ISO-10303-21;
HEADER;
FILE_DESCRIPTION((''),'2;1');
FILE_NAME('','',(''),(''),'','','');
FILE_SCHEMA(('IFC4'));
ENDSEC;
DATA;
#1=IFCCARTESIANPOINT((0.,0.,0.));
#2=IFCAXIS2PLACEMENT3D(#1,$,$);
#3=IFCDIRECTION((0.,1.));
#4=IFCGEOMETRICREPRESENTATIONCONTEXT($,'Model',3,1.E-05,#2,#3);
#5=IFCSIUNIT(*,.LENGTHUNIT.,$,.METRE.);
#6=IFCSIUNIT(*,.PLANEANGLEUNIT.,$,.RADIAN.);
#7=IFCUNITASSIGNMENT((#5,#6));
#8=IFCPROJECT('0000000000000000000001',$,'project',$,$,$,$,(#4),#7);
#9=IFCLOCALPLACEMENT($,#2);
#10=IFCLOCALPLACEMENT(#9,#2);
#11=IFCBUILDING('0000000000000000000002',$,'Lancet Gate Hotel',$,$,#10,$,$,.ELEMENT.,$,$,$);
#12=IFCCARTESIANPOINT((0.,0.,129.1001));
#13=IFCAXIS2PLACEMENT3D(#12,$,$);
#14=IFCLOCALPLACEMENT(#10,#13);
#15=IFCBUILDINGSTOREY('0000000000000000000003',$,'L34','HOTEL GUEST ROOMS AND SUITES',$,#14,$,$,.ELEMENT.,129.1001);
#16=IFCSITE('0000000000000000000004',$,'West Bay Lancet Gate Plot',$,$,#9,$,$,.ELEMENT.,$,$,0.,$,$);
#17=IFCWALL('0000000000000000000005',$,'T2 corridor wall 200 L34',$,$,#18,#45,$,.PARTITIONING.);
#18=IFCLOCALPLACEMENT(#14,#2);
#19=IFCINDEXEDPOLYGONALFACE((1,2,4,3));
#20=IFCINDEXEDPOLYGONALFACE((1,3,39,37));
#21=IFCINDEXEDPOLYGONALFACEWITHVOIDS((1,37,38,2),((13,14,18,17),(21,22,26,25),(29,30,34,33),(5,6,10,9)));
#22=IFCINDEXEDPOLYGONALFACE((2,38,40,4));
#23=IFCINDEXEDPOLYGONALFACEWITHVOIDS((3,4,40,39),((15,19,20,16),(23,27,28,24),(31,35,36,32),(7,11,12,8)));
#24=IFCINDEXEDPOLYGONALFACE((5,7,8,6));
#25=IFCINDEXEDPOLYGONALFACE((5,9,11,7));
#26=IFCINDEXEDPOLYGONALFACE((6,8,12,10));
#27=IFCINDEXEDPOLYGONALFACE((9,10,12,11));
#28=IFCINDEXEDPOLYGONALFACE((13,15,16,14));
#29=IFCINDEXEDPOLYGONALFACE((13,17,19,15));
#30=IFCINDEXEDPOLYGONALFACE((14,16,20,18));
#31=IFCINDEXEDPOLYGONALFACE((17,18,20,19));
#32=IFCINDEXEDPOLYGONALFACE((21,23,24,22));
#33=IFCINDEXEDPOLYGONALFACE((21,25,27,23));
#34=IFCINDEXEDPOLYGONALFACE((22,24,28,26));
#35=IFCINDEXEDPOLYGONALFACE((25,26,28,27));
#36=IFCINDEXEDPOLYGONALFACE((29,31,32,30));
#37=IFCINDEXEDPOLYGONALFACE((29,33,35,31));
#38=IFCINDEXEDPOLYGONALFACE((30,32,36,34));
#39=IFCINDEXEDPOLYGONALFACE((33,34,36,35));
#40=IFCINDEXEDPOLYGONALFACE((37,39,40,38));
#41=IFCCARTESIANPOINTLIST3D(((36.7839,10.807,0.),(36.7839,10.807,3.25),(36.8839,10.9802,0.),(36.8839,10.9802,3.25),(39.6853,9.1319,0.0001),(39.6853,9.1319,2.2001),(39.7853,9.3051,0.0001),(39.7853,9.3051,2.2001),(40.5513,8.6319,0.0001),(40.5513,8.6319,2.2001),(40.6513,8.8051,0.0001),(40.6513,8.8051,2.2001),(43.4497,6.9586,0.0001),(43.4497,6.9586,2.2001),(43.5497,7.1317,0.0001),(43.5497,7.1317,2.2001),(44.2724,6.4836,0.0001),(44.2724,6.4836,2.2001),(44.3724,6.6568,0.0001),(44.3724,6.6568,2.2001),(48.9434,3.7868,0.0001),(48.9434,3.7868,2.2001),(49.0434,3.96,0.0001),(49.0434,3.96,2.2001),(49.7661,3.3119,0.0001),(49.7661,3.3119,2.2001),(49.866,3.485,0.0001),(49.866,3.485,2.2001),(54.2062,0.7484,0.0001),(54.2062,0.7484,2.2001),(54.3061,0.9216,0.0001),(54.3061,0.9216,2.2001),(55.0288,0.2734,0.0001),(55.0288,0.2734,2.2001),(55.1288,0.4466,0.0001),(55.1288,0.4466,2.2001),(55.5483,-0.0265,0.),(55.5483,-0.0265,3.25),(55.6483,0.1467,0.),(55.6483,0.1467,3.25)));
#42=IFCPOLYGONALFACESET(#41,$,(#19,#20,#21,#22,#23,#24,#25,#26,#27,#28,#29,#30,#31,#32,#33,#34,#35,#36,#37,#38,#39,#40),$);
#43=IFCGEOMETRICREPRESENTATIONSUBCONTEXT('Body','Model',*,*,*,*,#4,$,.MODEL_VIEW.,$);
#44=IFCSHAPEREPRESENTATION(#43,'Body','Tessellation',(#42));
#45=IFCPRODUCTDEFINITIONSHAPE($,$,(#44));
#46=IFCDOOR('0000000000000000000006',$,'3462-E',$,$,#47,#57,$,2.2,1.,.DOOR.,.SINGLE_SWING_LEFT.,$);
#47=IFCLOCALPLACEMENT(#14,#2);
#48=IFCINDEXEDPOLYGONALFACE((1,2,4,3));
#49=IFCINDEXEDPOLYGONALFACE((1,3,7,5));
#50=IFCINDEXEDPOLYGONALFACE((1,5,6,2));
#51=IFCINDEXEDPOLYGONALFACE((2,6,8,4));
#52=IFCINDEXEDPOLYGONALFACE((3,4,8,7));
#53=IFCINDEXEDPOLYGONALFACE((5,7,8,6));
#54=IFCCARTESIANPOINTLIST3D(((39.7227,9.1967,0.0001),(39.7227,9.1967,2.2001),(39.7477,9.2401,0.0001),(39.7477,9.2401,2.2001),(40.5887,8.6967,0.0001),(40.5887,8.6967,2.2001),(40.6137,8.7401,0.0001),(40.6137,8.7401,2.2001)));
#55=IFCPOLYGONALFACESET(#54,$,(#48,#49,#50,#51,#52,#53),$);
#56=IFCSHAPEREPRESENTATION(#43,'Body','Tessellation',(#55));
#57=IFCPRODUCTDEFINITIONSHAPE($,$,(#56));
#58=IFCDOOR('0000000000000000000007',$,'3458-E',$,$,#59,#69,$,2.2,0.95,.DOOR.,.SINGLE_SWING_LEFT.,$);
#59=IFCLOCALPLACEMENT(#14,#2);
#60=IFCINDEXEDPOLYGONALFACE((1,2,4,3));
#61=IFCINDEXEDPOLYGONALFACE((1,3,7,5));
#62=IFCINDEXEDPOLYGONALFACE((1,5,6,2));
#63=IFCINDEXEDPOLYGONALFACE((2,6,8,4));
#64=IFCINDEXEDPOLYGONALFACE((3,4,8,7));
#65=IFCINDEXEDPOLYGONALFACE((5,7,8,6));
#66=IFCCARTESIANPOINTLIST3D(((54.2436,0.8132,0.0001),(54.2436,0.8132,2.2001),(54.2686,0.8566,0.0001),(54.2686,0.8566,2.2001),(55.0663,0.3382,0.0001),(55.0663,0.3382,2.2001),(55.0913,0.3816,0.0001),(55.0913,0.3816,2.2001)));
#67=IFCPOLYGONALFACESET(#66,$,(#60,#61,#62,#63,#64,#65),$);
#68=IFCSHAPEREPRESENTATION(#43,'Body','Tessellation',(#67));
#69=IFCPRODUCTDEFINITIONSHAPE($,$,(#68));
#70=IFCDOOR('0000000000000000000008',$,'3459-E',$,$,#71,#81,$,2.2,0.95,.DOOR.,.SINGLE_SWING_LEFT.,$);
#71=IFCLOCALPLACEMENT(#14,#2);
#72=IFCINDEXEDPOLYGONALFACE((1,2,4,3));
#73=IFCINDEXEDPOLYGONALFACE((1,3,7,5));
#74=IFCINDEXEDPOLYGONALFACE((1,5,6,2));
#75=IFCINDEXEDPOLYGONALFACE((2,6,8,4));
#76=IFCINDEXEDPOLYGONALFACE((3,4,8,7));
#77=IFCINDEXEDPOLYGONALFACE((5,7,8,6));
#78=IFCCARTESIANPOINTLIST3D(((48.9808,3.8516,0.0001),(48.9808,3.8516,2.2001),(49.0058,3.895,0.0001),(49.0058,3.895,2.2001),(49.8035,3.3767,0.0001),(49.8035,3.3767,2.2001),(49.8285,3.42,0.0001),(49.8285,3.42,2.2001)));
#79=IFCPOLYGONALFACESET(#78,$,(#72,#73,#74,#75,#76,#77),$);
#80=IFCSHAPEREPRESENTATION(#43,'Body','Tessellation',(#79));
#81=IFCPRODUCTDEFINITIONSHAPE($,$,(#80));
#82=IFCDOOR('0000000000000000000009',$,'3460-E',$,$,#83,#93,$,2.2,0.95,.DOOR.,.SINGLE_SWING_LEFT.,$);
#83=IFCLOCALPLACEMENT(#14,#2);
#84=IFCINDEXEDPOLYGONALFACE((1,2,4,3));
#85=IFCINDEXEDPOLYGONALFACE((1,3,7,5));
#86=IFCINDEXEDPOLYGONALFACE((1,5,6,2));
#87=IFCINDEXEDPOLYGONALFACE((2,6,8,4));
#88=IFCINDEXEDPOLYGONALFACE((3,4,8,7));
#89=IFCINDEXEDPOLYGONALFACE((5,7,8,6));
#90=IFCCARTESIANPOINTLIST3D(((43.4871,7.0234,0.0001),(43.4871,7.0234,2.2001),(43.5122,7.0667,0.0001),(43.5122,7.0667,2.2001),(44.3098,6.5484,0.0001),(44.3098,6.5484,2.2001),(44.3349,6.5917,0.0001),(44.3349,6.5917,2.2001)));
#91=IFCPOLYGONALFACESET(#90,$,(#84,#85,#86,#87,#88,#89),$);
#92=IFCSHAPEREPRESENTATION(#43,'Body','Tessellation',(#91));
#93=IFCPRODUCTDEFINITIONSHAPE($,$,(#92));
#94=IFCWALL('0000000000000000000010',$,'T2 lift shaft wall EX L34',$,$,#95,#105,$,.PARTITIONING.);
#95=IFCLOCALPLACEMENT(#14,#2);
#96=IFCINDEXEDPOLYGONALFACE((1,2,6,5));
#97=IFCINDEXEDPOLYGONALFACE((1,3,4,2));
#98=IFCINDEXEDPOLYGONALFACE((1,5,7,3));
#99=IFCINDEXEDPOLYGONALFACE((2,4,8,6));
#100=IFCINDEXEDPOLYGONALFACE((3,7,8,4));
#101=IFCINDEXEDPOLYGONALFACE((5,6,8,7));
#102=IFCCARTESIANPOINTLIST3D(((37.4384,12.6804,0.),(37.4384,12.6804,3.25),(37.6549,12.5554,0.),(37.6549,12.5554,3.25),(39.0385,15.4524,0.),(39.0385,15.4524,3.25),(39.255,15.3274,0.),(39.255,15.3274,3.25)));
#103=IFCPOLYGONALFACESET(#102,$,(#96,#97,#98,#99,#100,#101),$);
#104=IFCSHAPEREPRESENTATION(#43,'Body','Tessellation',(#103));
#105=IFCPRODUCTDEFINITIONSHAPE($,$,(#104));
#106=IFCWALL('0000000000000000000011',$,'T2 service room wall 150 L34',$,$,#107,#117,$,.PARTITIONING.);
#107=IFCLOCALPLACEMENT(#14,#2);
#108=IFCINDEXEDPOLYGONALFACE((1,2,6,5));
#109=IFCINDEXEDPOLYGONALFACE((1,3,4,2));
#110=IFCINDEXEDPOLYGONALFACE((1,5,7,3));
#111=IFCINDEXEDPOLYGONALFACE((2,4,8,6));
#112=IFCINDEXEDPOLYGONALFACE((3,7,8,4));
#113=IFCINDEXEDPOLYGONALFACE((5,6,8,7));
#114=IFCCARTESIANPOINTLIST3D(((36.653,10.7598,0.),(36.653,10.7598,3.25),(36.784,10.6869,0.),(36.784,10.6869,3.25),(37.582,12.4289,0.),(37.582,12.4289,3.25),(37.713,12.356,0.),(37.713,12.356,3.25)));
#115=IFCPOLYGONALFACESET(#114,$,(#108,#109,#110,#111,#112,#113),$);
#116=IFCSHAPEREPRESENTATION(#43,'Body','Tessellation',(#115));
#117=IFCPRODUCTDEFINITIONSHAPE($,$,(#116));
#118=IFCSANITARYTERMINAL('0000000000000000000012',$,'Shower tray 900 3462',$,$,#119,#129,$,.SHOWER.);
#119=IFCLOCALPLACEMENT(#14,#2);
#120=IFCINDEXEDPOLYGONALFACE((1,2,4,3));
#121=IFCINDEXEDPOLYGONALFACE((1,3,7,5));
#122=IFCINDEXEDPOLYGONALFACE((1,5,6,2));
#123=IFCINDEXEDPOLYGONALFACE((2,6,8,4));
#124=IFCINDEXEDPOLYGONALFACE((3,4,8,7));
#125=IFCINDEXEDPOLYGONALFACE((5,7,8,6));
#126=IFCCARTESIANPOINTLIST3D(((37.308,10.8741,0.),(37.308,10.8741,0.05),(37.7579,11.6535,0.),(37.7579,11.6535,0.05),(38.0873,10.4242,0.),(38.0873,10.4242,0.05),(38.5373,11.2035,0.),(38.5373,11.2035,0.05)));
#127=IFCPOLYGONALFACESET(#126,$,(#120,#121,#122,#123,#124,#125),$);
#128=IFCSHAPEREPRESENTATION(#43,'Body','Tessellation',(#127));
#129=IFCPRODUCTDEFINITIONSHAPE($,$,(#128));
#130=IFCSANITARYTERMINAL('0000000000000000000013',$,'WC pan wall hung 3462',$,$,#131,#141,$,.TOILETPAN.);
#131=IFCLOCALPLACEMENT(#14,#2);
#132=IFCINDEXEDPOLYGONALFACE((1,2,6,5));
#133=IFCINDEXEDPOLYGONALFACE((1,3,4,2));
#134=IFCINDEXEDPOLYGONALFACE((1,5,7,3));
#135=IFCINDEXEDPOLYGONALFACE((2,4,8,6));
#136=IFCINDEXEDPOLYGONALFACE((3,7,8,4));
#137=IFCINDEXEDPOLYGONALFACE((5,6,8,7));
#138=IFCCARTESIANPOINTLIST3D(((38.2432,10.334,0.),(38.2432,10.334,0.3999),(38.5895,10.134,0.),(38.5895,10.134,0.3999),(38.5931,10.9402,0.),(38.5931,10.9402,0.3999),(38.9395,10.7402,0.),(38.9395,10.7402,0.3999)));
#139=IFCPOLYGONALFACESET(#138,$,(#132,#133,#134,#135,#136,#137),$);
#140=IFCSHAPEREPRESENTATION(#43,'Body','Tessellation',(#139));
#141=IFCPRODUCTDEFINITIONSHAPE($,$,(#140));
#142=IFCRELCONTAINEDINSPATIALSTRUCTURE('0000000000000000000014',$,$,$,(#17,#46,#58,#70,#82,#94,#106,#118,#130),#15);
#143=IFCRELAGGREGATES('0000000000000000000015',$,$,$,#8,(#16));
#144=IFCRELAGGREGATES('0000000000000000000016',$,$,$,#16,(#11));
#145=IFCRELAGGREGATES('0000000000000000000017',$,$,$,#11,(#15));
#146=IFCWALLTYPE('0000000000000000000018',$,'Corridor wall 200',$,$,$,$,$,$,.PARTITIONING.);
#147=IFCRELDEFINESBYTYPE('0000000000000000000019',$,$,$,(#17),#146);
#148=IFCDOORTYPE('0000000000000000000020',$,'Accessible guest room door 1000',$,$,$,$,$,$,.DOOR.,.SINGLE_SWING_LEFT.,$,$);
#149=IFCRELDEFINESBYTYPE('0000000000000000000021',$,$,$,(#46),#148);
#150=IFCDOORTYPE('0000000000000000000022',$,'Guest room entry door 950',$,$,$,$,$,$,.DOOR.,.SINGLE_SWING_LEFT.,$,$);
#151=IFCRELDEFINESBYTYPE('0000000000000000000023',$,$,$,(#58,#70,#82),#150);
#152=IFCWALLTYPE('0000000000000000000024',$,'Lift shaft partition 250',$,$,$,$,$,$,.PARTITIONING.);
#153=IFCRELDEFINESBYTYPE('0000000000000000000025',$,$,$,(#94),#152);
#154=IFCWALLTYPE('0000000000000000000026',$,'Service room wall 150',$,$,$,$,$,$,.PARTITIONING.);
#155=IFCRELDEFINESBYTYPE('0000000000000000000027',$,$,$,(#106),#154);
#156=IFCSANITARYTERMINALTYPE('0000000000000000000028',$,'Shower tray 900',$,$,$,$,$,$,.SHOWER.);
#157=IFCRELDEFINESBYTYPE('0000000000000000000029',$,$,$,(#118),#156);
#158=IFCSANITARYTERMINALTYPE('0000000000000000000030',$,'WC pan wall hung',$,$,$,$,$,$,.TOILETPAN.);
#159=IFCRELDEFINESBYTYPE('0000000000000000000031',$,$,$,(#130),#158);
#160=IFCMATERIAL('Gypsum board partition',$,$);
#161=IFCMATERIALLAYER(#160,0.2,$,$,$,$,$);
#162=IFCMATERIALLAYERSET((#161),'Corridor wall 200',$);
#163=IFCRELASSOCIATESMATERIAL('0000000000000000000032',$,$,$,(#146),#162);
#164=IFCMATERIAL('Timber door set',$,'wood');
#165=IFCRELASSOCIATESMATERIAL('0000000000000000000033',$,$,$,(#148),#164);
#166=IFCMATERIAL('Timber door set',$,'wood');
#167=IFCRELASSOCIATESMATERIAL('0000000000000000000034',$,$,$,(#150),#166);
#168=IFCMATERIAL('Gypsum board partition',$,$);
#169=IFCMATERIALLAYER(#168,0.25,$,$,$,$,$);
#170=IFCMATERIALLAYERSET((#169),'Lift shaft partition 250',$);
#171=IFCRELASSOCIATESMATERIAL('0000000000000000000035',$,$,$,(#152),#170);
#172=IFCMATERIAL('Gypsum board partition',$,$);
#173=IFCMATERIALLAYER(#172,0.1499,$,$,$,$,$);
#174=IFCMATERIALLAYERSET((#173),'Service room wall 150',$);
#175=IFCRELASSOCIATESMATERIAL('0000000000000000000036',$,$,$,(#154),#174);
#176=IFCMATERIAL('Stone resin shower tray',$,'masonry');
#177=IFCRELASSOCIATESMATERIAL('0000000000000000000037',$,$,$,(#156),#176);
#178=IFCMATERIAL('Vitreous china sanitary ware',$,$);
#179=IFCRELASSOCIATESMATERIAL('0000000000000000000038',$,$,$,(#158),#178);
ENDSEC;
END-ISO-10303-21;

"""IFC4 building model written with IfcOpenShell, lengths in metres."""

from ifc_helpers import new_model, si_unit, direction, frame, frame_2d, origin, origin_2d, place, context, subcontext, project, spatial, rectangle, extrude, material, layer, layer_set, type_object, element, fill, save


model = new_model("IFC4")

# Units and contexts
model_context = context("Model", 3, precision=1e-05, world=origin(), true_north=direction((0.0, 1.0)))
body_context = subcontext(model_context, "Body", "Model", "MODEL_VIEW")
ifc_project = project(units=[si_unit("LENGTHUNIT", "METRE"), si_unit("PLANEANGLEUNIT", "RADIAN")], contexts=[model_context])

# Site, building, storey
site_placement = place(None, origin())
site = spatial("IfcSite", under=ifc_project, at=site_placement, Name="West Bay Lancet Gate Plot", CompositionType="ELEMENT", RefElevation=0.0)
building_placement = place(site_placement, origin())
building = spatial("IfcBuilding", under=site, at=building_placement, Name="Lancet Gate Hotel", CompositionType="ELEMENT")
storey_placement = place(building_placement, frame((0.0, 0.0, 129.1001)))
storey = spatial("IfcBuildingStorey", under=building, at=storey_placement, Name="L34", Description="HOTEL GUEST ROOMS AND SUITES", CompositionType="ELEMENT", Elevation=129.1001)

# Wall, openings, doors
ifc_material_1 = material(Name="Gypsum board partition")
ifc_layer_1 = layer(ifc_material_1, 0.2)
ifc_layer_set_1 = layer_set([ifc_layer_1], Name="Corridor wall 200")
wall_type_1 = type_object("IfcWallType", Name="Corridor wall 200", PredefinedType="PARTITIONING", material=ifc_layer_set_1)
wall_1_placement = place(storey_placement, frame((36.834, 10.8936, 0.0), z_axis=(0.0, 0.0, 1.0), x_axis=(0.866028, -0.499995, 0.0)))
wall_1 = element("IfcWall", 1, at=wall_1_placement, inside=storey, type_object=wall_type_1, Name="T2 corridor wall 200 L34", PredefinedType="PARTITIONING", context=body_context, shape_type="SweptSolid", body=[
    extrude(rectangle(XDim=21.6672, YDim=0.2, at=frame_2d((10.8335, 0.0))), origin(), (0.0, 0.0, 1.0), 3.25),
])
opening_1_placement = place(wall_1_placement, frame((20.1172, 0.0, 0.0)))
opening_1 = element("IfcOpeningElement", 2, at=opening_1_placement, cuts=wall_1, PredefinedType="OPENING", context=body_context, shape_type="SweptSolid", body=[
    extrude(rectangle(XDim=0.95, YDim=2.2, at=frame_2d((0.4751, 1.1001))), frame((0.0, 0.1099, 0.0), z_axis=(0.0, -1.0, 0.0), x_axis=(1.0, 0.0, 0.0)), (0.0, 0.0, 1.0), 0.22),
])
opening_2_placement = place(wall_1_placement, frame((14.0403, 0.0, 0.0)))
opening_2 = element("IfcOpeningElement", 3, at=opening_2_placement, cuts=wall_1, PredefinedType="OPENING", context=body_context, shape_type="SweptSolid", body=[
    extrude(rectangle(XDim=0.95, YDim=2.2, at=frame_2d((0.4751, 1.1001))), frame((0.0, 0.1099, 0.0), z_axis=(0.0, -1.0, 0.0), x_axis=(1.0, 0.0, 0.0)), (0.0, 0.0, 1.0), 0.22),
])
opening_3_placement = place(wall_1_placement, frame((7.6968, 0.0, 0.0)))
opening_3 = element("IfcOpeningElement", 4, at=opening_3_placement, cuts=wall_1, PredefinedType="OPENING", context=body_context, shape_type="SweptSolid", body=[
    extrude(rectangle(XDim=0.95, YDim=2.2, at=frame_2d((0.4751, 1.1001))), frame((0.0, 0.1099, 0.0), z_axis=(0.0, -1.0, 0.0), x_axis=(1.0, 0.0, 0.0)), (0.0, 0.0, 1.0), 0.22),
])
opening_4_placement = place(wall_1_placement, frame((3.3501, 0.0, 0.0)))
opening_4 = element("IfcOpeningElement", 5, at=opening_4_placement, cuts=wall_1, PredefinedType="OPENING", context=body_context, shape_type="SweptSolid", body=[
    extrude(rectangle(XDim=1.0, YDim=2.2, at=frame_2d((0.5, 1.1001))), frame((0.0, 0.1099, 0.0), z_axis=(0.0, -1.0, 0.0), x_axis=(1.0, 0.0, 0.0)), (0.0, 0.0, 1.0), 0.22),
])
ifc_material_2 = material(Name="Timber door set", Category="wood")
door_type_1 = type_object("IfcDoorType", Name="Accessible guest room door 1000", OperationType="SINGLE_SWING_LEFT", PredefinedType="DOOR", material=ifc_material_2)
door_1_placement = place(opening_4_placement, origin())
door_1 = element("IfcDoor", 6, at=door_1_placement, inside=storey, type_object=door_type_1, Name="3462-E", OperationType="SINGLE_SWING_LEFT", OverallHeight=2.2, OverallWidth=1.0, PredefinedType="DOOR", context=body_context, shape_type="SweptSolid", body=[
    extrude(rectangle(XDim=1.0, YDim=2.2, at=frame_2d((0.5, 1.1001))), frame((0.0, 0.0249, 0.0), z_axis=(0.0, -1.0, 0.0), x_axis=(1.0, 0.0, 0.0)), (0.0, 0.0, 1.0), 0.05),
])
fill(opening_4, door_1)
ifc_material_3 = material(Name="Timber door set", Category="wood")
door_type_2 = type_object("IfcDoorType", Name="Guest room entry door 950", OperationType="SINGLE_SWING_LEFT", PredefinedType="DOOR", material=ifc_material_3)
door_2_placement = place(opening_1_placement, origin())
door_2 = element("IfcDoor", 7, at=door_2_placement, inside=storey, type_object=door_type_2, Name="3458-E", OperationType="SINGLE_SWING_LEFT", OverallHeight=2.2, OverallWidth=0.95, PredefinedType="DOOR", context=body_context, shape_type="SweptSolid", body=[
    extrude(rectangle(XDim=0.95, YDim=2.2, at=frame_2d((0.4751, 1.1001))), frame((0.0, 0.0249, 0.0), z_axis=(0.0, -1.0, 0.0), x_axis=(1.0, 0.0, 0.0)), (0.0, 0.0, 1.0), 0.05),
])
fill(opening_1, door_2)
door_3_placement = place(opening_2_placement, origin())
door_3 = element("IfcDoor", 8, at=door_3_placement, inside=storey, type_object=door_type_2, Name="3459-E", OperationType="SINGLE_SWING_LEFT", OverallHeight=2.2, OverallWidth=0.95, PredefinedType="DOOR", context=body_context, shape_type="SweptSolid", body=[
    extrude(rectangle(XDim=0.95, YDim=2.2, at=frame_2d((0.4751, 1.1001))), frame((0.0, 0.0249, 0.0), z_axis=(0.0, -1.0, 0.0), x_axis=(1.0, 0.0, 0.0)), (0.0, 0.0, 1.0), 0.05),
])
fill(opening_2, door_3)
door_4_placement = place(opening_3_placement, origin())
door_4 = element("IfcDoor", 9, at=door_4_placement, inside=storey, type_object=door_type_2, Name="3460-E", OperationType="SINGLE_SWING_LEFT", OverallHeight=2.2, OverallWidth=0.95, PredefinedType="DOOR", context=body_context, shape_type="SweptSolid", body=[
    extrude(rectangle(XDim=0.95, YDim=2.2, at=frame_2d((0.4751, 1.1001))), frame((0.0, 0.0249, 0.0), z_axis=(0.0, -1.0, 0.0), x_axis=(1.0, 0.0, 0.0)), (0.0, 0.0, 1.0), 0.05),
])
fill(opening_3, door_4)

# Walls
ifc_material_4 = material(Name="Gypsum board partition")
ifc_layer_2 = layer(ifc_material_4, 0.25)
ifc_layer_set_2 = layer_set([ifc_layer_2], Name="Lift shaft partition 250")
wall_type_2 = type_object("IfcWallType", Name="Lift shaft partition 250", PredefinedType="PARTITIONING", material=ifc_layer_set_2)
wall_2_placement = place(storey_placement, frame((37.5466, 12.6179, 0.0), z_axis=(0.0, 0.0, 1.0), x_axis=(0.499929, 0.866066, 0.0)))
element("IfcWall", 10, at=wall_2_placement, inside=storey, type_object=wall_type_2, Name="T2 lift shaft wall EX L34", PredefinedType="PARTITIONING", context=body_context, shape_type="SweptSolid", body=[
    extrude(rectangle(XDim=3.2007, YDim=0.25, at=frame_2d((1.6003, 0.0))), origin(), (0.0, 0.0, 1.0), 3.25),
])
ifc_material_5 = material(Name="Gypsum board partition")
ifc_layer_3 = layer(ifc_material_5, 0.1499)
ifc_layer_set_3 = layer_set([ifc_layer_3], Name="Service room wall 150")
wall_type_3 = type_object("IfcWallType", Name="Service room wall 150", PredefinedType="PARTITIONING", material=ifc_layer_set_3)
wall_3_placement = place(storey_placement, frame((36.7185, 10.7234, 0.0), z_axis=(0.0, 0.0, 1.0), x_axis=(0.486348, 0.873765, 0.0)))
element("IfcWall", 11, at=wall_3_placement, inside=storey, type_object=wall_type_3, Name="T2 service room wall 150 L34", PredefinedType="PARTITIONING", context=body_context, shape_type="SweptSolid", body=[
    extrude(rectangle(XDim=1.9102, YDim=0.1499, at=frame_2d((0.9551, 0.0))), origin(), (0.0, 0.0, 1.0), 3.25),
])

# Sanitary terminals
ifc_material_6 = material(Name="Stone resin shower tray", Category="masonry")
sanitary_terminal_type_1 = type_object("IfcSanitaryTerminalType", Name="Shower tray 900", PredefinedType="SHOWER", material=ifc_material_6)
sanitary_terminal_1_placement = place(storey_placement, frame((37.9226, 11.0388, 0.0), z_axis=(0.0, 0.0, 1.0), x_axis=(-0.866025, 0.5, 0.0)))
element("IfcSanitaryTerminal", 12, at=sanitary_terminal_1_placement, inside=storey, type_object=sanitary_terminal_type_1, Name="Shower tray 900 3462", PredefinedType="SHOWER", context=body_context, shape_type="SweptSolid", body=[
    extrude(rectangle(XDim=0.8999, YDim=0.8999, at=origin_2d()), origin(), (0.0, 0.0, 1.0), 0.05),
])
ifc_material_7 = material(Name="Vitreous china sanitary ware")
sanitary_terminal_type_2 = type_object("IfcSanitaryTerminalType", Name="WC pan wall hung", PredefinedType="TOILETPAN", material=ifc_material_7)
sanitary_terminal_2_placement = place(storey_placement, frame((38.5913, 10.5371, 0.0), z_axis=(0.0, 0.0, 1.0), x_axis=(-0.866025, 0.5, 0.0)))
element("IfcSanitaryTerminal", 13, at=sanitary_terminal_2_placement, inside=storey, type_object=sanitary_terminal_type_2, Name="WC pan wall hung 3462", PredefinedType="TOILETPAN", context=body_context, shape_type="SweptSolid", body=[
    extrude(rectangle(XDim=0.3999, YDim=0.7, at=origin_2d()), origin(), (0.0, 0.0, 1.0), 0.3999),
])

save(model, "model.ifc")
